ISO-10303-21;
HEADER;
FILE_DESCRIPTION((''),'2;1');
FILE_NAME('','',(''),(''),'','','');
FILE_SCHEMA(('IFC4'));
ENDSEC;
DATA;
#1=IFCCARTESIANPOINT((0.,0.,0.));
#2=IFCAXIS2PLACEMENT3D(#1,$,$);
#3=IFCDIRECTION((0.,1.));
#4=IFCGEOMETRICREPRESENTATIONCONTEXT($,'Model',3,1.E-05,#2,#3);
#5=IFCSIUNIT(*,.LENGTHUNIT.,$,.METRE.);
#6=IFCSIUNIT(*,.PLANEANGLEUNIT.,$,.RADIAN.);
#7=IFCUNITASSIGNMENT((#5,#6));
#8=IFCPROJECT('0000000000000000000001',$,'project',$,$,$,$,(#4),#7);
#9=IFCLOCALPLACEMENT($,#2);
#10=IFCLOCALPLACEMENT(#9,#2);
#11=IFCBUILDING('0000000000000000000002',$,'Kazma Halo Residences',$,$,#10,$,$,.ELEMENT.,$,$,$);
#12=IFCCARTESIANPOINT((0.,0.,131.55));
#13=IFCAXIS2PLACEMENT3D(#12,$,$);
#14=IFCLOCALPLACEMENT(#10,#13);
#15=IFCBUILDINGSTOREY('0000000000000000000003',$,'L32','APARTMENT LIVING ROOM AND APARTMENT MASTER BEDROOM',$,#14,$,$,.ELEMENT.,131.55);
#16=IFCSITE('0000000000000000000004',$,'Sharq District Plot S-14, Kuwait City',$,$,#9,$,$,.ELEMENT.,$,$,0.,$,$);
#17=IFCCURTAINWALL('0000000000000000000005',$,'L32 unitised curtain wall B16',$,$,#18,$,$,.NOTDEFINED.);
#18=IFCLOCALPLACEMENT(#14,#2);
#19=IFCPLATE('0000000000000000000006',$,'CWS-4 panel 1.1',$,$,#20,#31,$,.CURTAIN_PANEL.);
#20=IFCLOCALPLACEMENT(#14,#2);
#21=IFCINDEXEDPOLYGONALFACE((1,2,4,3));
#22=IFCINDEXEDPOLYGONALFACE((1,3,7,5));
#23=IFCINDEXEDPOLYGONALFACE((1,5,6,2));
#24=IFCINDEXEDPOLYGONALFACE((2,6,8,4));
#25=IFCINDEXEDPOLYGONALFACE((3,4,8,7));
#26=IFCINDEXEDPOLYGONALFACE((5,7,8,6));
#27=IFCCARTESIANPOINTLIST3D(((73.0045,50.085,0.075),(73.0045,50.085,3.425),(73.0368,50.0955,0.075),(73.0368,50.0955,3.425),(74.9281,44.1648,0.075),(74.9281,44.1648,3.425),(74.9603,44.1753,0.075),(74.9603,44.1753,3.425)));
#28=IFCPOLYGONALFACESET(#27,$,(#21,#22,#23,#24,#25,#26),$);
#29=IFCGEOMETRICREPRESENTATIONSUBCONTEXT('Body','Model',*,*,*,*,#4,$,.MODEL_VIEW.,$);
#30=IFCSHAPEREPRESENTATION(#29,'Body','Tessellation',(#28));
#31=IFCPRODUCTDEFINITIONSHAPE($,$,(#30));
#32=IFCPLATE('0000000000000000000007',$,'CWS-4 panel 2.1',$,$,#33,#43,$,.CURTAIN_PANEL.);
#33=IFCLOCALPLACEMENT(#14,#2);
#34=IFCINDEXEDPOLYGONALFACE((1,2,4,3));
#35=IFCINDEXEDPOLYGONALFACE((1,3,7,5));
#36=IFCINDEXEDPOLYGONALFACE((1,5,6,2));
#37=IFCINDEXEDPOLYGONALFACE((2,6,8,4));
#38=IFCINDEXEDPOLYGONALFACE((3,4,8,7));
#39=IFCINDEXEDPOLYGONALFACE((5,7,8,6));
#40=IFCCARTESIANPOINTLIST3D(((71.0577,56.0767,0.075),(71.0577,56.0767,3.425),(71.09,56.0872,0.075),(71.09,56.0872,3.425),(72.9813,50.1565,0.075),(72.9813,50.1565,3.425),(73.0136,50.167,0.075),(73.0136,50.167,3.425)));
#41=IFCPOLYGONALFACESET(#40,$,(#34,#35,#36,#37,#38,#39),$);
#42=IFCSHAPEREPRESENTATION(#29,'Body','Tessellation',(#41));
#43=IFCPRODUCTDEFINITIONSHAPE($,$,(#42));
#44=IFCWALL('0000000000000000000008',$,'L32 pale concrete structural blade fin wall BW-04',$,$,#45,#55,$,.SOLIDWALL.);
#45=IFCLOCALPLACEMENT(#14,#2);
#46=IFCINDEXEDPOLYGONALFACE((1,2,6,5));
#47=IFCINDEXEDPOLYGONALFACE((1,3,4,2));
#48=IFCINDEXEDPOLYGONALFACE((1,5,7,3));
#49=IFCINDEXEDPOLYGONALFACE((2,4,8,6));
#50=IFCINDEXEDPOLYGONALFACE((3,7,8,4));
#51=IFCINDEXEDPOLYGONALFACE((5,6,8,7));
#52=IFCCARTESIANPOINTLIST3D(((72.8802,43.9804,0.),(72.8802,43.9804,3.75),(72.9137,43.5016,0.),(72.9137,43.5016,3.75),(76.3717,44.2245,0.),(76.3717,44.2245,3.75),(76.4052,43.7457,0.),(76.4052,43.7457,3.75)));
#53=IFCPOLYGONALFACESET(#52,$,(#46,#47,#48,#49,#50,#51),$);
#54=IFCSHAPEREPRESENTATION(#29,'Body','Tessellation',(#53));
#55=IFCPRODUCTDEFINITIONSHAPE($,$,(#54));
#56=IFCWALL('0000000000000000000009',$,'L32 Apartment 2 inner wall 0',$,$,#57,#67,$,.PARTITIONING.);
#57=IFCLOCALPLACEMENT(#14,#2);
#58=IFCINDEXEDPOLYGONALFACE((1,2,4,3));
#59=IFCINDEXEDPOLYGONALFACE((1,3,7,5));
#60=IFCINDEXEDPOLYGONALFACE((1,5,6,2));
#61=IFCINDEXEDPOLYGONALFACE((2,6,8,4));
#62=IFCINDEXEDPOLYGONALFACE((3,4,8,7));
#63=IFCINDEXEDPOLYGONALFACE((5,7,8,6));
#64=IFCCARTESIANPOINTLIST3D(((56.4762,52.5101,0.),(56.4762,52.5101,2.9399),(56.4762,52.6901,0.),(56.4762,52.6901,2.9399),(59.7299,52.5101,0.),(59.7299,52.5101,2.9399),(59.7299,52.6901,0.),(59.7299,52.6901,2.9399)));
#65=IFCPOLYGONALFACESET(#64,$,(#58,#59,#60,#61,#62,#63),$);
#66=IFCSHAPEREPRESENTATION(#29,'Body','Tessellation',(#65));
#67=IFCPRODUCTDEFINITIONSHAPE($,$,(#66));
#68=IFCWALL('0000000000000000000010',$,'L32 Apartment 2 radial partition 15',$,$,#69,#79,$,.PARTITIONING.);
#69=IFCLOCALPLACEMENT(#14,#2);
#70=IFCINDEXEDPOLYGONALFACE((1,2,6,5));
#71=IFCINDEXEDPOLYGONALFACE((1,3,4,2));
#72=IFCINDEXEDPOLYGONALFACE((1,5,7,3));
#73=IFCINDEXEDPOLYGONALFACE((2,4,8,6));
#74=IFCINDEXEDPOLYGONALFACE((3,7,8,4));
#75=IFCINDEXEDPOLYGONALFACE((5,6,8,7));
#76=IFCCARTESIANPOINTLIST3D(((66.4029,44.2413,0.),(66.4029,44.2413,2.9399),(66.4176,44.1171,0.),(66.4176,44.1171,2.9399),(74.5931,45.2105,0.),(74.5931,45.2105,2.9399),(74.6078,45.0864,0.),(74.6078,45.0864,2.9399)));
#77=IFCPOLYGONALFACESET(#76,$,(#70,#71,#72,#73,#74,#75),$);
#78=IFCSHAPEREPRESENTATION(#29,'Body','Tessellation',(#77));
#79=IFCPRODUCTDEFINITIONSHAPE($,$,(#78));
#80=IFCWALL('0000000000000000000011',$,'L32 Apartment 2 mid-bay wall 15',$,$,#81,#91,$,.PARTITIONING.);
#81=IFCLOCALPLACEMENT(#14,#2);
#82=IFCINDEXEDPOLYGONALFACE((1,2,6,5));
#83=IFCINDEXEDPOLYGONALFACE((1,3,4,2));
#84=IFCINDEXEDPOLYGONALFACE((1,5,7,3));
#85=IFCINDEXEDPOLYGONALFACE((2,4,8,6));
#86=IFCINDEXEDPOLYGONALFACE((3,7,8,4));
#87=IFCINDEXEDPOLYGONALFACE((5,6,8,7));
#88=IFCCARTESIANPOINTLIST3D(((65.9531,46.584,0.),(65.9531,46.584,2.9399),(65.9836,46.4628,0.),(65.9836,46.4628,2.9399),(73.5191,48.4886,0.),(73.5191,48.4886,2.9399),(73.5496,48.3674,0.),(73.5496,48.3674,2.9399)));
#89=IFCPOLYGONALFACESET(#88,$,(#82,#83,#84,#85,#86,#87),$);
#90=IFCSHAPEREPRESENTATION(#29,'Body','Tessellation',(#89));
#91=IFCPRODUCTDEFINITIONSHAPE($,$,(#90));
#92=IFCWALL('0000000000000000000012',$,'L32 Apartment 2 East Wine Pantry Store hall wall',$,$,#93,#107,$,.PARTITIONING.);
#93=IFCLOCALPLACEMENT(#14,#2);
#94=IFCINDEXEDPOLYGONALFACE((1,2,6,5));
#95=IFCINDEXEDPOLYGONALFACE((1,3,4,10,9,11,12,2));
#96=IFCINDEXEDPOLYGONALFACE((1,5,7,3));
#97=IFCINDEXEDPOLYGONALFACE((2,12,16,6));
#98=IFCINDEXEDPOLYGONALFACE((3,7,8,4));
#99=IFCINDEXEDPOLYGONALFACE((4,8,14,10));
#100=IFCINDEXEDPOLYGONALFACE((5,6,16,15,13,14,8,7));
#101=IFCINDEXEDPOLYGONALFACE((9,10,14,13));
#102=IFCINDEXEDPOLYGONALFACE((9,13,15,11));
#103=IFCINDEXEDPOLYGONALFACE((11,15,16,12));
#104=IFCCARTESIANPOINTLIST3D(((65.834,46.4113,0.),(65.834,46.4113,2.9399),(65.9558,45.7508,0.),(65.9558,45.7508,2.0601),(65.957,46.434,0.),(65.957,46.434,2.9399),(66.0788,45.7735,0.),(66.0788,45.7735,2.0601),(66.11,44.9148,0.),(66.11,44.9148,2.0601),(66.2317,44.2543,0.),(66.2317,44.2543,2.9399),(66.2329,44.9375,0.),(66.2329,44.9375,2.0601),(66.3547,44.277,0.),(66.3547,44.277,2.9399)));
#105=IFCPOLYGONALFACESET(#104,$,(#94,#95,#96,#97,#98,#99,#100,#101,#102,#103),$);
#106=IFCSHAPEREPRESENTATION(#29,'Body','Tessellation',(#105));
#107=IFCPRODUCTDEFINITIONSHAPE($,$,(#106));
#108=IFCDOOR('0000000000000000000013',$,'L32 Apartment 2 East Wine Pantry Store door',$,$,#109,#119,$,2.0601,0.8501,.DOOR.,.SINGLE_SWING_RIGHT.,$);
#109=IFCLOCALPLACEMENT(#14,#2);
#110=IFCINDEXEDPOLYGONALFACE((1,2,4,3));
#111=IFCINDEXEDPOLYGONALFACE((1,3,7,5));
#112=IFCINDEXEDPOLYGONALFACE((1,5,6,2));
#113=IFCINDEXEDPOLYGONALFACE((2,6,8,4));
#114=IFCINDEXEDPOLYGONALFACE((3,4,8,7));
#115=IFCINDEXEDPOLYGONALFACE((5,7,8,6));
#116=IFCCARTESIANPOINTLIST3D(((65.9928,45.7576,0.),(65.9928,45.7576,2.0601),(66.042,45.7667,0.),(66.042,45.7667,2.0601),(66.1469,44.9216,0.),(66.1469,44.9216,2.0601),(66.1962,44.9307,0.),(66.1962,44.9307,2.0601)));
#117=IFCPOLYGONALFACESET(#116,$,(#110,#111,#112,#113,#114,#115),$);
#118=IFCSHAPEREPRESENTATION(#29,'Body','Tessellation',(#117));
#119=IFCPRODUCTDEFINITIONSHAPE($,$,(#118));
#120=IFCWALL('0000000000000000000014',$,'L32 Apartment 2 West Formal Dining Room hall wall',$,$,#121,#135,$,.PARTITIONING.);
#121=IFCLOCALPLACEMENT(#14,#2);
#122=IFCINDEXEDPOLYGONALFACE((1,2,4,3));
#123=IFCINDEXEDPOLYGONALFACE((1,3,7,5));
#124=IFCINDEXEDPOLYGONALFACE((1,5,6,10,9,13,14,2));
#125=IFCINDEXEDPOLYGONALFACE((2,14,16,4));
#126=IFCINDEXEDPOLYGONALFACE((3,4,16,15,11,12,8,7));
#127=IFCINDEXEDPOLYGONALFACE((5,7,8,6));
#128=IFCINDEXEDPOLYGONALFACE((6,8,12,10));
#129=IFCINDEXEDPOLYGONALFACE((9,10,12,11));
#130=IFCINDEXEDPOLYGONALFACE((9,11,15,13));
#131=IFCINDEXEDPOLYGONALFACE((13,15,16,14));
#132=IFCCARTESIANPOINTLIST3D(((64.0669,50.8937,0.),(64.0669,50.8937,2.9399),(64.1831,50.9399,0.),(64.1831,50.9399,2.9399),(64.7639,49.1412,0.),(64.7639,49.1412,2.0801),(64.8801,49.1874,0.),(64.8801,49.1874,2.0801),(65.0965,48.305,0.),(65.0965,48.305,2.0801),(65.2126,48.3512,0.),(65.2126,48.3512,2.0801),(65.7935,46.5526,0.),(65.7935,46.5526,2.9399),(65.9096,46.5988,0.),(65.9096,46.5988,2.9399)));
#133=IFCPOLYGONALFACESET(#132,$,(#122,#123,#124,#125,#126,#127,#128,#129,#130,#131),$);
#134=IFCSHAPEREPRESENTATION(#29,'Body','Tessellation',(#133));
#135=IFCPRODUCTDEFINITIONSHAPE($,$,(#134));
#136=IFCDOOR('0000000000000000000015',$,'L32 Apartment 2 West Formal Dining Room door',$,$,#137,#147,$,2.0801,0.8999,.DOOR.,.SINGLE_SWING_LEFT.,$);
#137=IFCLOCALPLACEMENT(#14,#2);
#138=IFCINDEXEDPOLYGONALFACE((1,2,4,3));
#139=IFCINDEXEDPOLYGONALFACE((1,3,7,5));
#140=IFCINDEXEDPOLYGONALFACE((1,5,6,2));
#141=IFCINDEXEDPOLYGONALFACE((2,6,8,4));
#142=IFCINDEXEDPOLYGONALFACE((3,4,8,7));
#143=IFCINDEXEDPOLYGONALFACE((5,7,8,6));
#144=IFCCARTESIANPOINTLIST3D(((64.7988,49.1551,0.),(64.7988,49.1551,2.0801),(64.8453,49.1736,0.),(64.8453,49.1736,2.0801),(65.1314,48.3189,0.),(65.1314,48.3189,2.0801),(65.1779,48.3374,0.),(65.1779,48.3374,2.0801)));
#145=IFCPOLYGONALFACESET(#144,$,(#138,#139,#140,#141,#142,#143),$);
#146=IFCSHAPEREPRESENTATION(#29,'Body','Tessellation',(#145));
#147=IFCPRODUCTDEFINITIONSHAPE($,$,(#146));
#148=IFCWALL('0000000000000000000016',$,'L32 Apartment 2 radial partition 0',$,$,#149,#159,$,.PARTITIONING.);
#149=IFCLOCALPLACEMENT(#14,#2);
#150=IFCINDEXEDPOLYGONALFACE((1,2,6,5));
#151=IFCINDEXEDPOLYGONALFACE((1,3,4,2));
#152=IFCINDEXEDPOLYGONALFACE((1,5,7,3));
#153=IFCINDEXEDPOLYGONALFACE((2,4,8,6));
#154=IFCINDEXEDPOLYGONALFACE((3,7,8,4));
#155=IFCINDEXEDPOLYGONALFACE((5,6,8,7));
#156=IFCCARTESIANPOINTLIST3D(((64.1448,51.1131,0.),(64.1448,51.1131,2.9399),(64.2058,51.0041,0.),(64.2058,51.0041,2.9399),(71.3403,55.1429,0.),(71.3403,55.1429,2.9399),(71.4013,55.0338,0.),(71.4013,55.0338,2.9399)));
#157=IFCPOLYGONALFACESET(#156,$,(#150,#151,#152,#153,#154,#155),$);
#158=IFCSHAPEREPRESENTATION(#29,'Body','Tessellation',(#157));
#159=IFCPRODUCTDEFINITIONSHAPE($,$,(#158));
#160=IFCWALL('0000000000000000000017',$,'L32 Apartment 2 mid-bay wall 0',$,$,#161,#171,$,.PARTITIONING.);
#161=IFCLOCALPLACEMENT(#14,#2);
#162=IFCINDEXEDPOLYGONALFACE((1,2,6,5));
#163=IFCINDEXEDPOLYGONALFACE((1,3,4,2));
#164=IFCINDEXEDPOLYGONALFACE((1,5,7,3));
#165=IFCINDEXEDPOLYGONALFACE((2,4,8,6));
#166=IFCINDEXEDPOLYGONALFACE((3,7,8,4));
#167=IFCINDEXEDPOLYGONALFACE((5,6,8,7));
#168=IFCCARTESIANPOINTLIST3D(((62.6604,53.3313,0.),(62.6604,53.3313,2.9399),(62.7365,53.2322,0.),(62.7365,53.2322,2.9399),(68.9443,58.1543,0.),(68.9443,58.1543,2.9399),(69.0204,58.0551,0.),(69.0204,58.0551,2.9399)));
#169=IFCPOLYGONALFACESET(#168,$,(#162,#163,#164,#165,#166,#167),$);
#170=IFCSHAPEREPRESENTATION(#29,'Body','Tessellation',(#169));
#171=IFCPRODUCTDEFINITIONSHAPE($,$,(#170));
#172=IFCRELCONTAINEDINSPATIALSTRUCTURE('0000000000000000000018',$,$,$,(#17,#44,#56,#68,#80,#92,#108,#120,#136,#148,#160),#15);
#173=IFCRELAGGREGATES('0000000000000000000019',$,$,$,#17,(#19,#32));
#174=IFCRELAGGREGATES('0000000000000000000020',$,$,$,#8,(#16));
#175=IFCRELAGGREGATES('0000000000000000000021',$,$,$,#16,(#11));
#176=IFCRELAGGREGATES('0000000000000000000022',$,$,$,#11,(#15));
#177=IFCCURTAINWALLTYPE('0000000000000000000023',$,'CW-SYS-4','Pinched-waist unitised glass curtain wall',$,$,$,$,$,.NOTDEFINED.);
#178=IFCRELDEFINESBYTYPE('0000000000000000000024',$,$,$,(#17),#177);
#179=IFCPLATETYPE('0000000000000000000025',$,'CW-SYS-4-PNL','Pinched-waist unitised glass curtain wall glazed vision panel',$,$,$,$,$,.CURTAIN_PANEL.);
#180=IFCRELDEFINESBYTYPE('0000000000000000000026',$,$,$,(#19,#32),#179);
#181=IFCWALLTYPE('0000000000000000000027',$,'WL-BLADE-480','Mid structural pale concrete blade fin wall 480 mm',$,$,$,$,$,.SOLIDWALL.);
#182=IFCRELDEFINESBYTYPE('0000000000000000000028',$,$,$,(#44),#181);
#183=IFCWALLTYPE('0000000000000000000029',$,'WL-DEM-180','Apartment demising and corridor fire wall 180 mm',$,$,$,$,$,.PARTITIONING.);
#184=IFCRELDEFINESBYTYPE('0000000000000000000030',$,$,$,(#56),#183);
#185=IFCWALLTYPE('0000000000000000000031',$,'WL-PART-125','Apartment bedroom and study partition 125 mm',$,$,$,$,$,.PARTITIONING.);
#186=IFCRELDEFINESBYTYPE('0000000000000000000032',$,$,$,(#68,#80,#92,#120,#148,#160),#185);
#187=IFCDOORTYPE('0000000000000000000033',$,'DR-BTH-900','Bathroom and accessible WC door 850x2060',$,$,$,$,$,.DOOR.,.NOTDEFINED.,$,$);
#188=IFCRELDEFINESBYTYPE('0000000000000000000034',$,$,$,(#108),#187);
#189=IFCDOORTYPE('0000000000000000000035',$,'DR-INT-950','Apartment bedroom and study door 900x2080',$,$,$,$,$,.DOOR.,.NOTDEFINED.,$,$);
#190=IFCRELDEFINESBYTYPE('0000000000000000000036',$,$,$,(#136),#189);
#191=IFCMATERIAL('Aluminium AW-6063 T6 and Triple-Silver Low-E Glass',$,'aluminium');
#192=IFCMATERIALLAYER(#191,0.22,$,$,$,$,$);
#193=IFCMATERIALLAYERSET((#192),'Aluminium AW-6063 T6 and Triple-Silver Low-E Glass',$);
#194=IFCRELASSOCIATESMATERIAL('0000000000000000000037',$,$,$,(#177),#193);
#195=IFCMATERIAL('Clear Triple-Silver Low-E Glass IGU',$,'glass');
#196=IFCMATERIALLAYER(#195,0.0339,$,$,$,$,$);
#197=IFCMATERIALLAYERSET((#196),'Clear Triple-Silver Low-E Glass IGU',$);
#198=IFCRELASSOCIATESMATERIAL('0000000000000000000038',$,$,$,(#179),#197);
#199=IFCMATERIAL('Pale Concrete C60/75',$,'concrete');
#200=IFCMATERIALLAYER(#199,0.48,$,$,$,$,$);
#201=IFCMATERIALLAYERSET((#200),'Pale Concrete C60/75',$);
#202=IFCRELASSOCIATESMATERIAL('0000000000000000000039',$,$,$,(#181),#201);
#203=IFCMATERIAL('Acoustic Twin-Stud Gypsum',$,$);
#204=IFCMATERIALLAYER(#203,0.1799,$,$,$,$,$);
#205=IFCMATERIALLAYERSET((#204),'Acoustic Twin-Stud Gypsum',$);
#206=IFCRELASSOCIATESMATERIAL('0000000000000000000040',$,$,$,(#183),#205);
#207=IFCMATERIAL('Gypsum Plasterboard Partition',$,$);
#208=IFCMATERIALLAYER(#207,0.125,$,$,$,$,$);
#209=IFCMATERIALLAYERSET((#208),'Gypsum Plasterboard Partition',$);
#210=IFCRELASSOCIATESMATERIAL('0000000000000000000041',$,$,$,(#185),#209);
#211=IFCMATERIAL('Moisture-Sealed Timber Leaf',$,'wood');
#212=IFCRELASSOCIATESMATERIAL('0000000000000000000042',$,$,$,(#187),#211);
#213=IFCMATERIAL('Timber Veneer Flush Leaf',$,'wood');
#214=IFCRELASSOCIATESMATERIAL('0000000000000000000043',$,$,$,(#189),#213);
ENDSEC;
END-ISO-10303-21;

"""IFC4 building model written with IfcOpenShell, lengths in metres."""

from ifc_helpers import new_model, si_unit, direction, frame, frame_2d, origin, origin_2d, place, context, subcontext, project, spatial, rectangle, extrude, material, layer, layer_set, type_object, element, fill, aggregate, save


model = new_model("IFC4")

# Units and contexts
model_context = context("Model", 3, precision=1e-05, world=origin(), true_north=direction((0.0, 1.0)))
body_context = subcontext(model_context, "Body", "Model", "MODEL_VIEW")
ifc_project = project(units=[si_unit("LENGTHUNIT", "METRE"), si_unit("PLANEANGLEUNIT", "RADIAN")], contexts=[model_context])

# Site, building, storey
site_placement = place(None, origin())
site = spatial("IfcSite", under=ifc_project, at=site_placement, Name="Sharq District Plot S-14, Kuwait City", CompositionType="ELEMENT", RefElevation=0.0)
building_placement = place(site_placement, origin())
building = spatial("IfcBuilding", under=site, at=building_placement, Name="Kazma Halo Residences", CompositionType="ELEMENT")
storey_placement = place(building_placement, frame((0.0, 0.0, 131.55)))
storey = spatial("IfcBuildingStorey", under=building, at=storey_placement, Name="L32", Description="APARTMENT LIVING ROOM AND APARTMENT MASTER BEDROOM", CompositionType="ELEMENT", Elevation=131.55)

# Shared definitions
ifc_material_1 = material(Name="Aluminium AW-6063 T6 and Triple-Silver Low-E Glass", Category="aluminium")
ifc_layer_1 = layer(ifc_material_1, 0.22)
ifc_layer_set_1 = layer_set([ifc_layer_1], Name="Aluminium AW-6063 T6 and Triple-Silver Low-E Glass")
curtain_wall_type = type_object("IfcCurtainWallType", Name="CW-SYS-4", Description="Pinched-waist unitised glass curtain wall", PredefinedType="NOTDEFINED", material=ifc_layer_set_1)

# Curtain wall, plates
curtain_wall_1_placement = place(storey_placement, origin())
curtain_wall_1 = element("IfcCurtainWall", 1, at=curtain_wall_1_placement, inside=storey, type_object=curtain_wall_type, Name="L32 unitised curtain wall B16", PredefinedType="NOTDEFINED")
ifc_material_2 = material(Name="Clear Triple-Silver Low-E Glass IGU", Category="glass")
ifc_layer_2 = layer(ifc_material_2, 0.0339)
ifc_layer_set_2 = layer_set([ifc_layer_2], Name="Clear Triple-Silver Low-E Glass IGU")
plate_type = type_object("IfcPlateType", Name="CW-SYS-4-PNL", Description="Pinched-waist unitised glass curtain wall glazed vision panel", PredefinedType="CURTAIN_PANEL", material=ifc_layer_set_2)
plate_1_placement = place(storey_placement, frame((73.9824, 47.1301, 0.075), z_axis=(0.0, 0.0, 1.0), x_axis=(-0.309014, 0.951058, 0.0)))
plate_1 = element("IfcPlate", 2, at=plate_1_placement, type_object=plate_type, Name="CWS-4 panel 1.1", PredefinedType="CURTAIN_PANEL", context=body_context, shape_type="SweptSolid", body=[
    extrude(rectangle(XDim=6.2249, YDim=0.0339, at=origin_2d()), origin(), (0.0, 0.0, 1.0), 3.3501),
])
plate_2_placement = place(storey_placement, frame((72.0356, 53.1218, 0.075), z_axis=(0.0, 0.0, 1.0), x_axis=(-0.309014, 0.951058, 0.0)))
plate_2 = element("IfcPlate", 3, at=plate_2_placement, type_object=plate_type, Name="CWS-4 panel 2.1", PredefinedType="CURTAIN_PANEL", context=body_context, shape_type="SweptSolid", body=[
    extrude(rectangle(XDim=6.2249, YDim=0.0339, at=origin_2d()), origin(), (0.0, 0.0, 1.0), 3.3501),
])
aggregate(curtain_wall_1, [plate_1, plate_2])

# Walls
ifc_material_3 = material(Name="Pale Concrete C60/75", Category="concrete")
ifc_layer_3 = layer(ifc_material_3, 0.48)
ifc_layer_set_3 = layer_set([ifc_layer_3], Name="Pale Concrete C60/75")
wall_type_1 = type_object("IfcWallType", Name="WL-BLADE-480", Description="Mid structural pale concrete blade fin wall 480 mm", PredefinedType="SOLIDWALL", material=ifc_layer_set_3)
wall_1_placement = place(storey_placement, frame((72.897, 43.741, 0.0), z_axis=(0.0, 0.0, 1.0), x_axis=(0.997564, 0.069755, 0.0)))
element("IfcWall", 4, at=wall_1_placement, inside=storey, type_object=wall_type_1, Name="L32 pale concrete structural blade fin wall BW-04", PredefinedType="SOLIDWALL", context=body_context, shape_type="SweptSolid", body=[
    extrude(rectangle(XDim=3.5, YDim=0.48, at=frame_2d((1.75, 0.0))), origin(), (0.0, 0.0, 1.0), 3.75),
])
ifc_material_4 = material(Name="Acoustic Twin-Stud Gypsum")
ifc_layer_4 = layer(ifc_material_4, 0.1799)
ifc_layer_set_4 = layer_set([ifc_layer_4], Name="Acoustic Twin-Stud Gypsum")
wall_type_2 = type_object("IfcWallType", Name="WL-DEM-180", Description="Apartment demising and corridor fire wall 180 mm", PredefinedType="PARTITIONING", material=ifc_layer_set_4)
wall_2_placement = place(storey_placement, frame((59.73, 52.6001, 0.0), z_axis=(0.0, 0.0, 1.0), x_axis=(-1.0, 0.0, 0.0)))
element("IfcWall", 5, at=wall_2_placement, inside=storey, type_object=wall_type_2, Name="L32 Apartment 2 inner wall 0", PredefinedType="PARTITIONING", context=body_context, shape_type="SweptSolid", body=[
    extrude(rectangle(XDim=3.2537, YDim=0.1799, at=frame_2d((1.627, 0.0))), origin(), (0.0, 0.0, 1.0), 2.9399),
])
ifc_material_5 = material(Name="Gypsum Plasterboard Partition")
ifc_layer_5 = layer(ifc_material_5, 0.125)
ifc_layer_set_5 = layer_set([ifc_layer_5], Name="Gypsum Plasterboard Partition")
wall_type_3 = type_object("IfcWallType", Name="WL-PART-125", Description="Apartment bedroom and study partition 125 mm", PredefinedType="PARTITIONING", material=ifc_layer_set_5)
wall_3_placement = place(storey_placement, frame((66.4104, 44.1792, 0.0), z_axis=(0.0, 0.0, 1.0), x_axis=(0.99307, 0.117521, 0.0)))
element("IfcWall", 6, at=wall_3_placement, inside=storey, type_object=wall_type_3, Name="L32 Apartment 2 radial partition 15", PredefinedType="PARTITIONING", context=body_context, shape_type="SweptSolid", body=[
    extrude(rectangle(XDim=8.2473, YDim=0.125, at=frame_2d((4.1235, 0.0))), origin(), (0.0, 0.0, 1.0), 2.9399),
])
wall_4_placement = place(storey_placement, frame((65.9685, 46.5234, 0.0), z_axis=(0.0, 0.0, 1.0), x_axis=(0.969747, 0.244111, 0.0)))
element("IfcWall", 7, at=wall_4_placement, inside=storey, type_object=wall_type_3, Name="L32 Apartment 2 mid-bay wall 15", PredefinedType="PARTITIONING", context=body_context, shape_type="SweptSolid", body=[
    extrude(rectangle(XDim=7.802, YDim=0.125, at=frame_2d((3.9009, 0.0))), origin(), (0.0, 0.0, 1.0), 2.9399),
])

# Walls, openings, doors
wall_5_placement = place(storey_placement, frame((66.2932, 44.2656, 0.0), z_axis=(0.0, 0.0, 1.0), x_axis=(-0.181324, 0.983423, 0.0)))
wall_5 = element("IfcWall", 8, at=wall_5_placement, inside=storey, type_object=wall_type_3, Name="L32 Apartment 2 East Wine Pantry Store hall wall", PredefinedType="PARTITIONING", context=body_context, shape_type="SweptSolid", body=[
    extrude(rectangle(XDim=2.1934, YDim=0.125, at=frame_2d((1.0967, 0.0))), origin(), (0.0, 0.0, 1.0), 2.9399),
])
opening_1_placement = place(wall_5_placement, frame((0.6716, 0.0, 0.0)))
opening_1 = element("IfcOpeningElement", 9, at=opening_1_placement, cuts=wall_5, PredefinedType="OPENING", context=body_context, shape_type="SweptSolid", body=[
    extrude(rectangle(XDim=0.8501, YDim=2.0601, at=frame_2d((0.425, 1.03))), frame((0.0, 0.0725, 0.0), z_axis=(0.0, -1.0, 0.0), x_axis=(1.0, 0.0, 0.0)), (0.0, 0.0, 1.0), 0.145),
])
ifc_material_6 = material(Name="Moisture-Sealed Timber Leaf", Category="wood")
door_type_1 = type_object("IfcDoorType", Name="DR-BTH-900", Description="Bathroom and accessible WC door 850x2060", OperationType="NOTDEFINED", PredefinedType="DOOR", material=ifc_material_6)
door_1_placement = place(opening_1_placement, origin())
door_1 = element("IfcDoor", 10, at=door_1_placement, inside=storey, type_object=door_type_1, Name="L32 Apartment 2 East Wine Pantry Store door", OperationType="SINGLE_SWING_RIGHT", OverallHeight=2.0601, OverallWidth=0.8501, PredefinedType="DOOR", context=body_context, shape_type="SweptSolid", body=[
    extrude(rectangle(XDim=0.8501, YDim=2.0601, at=frame_2d((0.425, 1.03))), frame((0.0, 0.0249, 0.0), z_axis=(0.0, -1.0, 0.0), x_axis=(1.0, 0.0, 0.0)), (0.0, 0.0, 1.0), 0.05),
])
fill(opening_1, door_1)
wall_6_placement = place(storey_placement, frame((65.8516, 46.5757, 0.0), z_axis=(0.0, 0.0, 1.0), x_axis=(-0.36957, 0.929203, 0.0)))
wall_6 = element("IfcWall", 11, at=wall_6_placement, inside=storey, type_object=wall_type_3, Name="L32 Apartment 2 West Formal Dining Room hall wall", PredefinedType="PARTITIONING", context=body_context, shape_type="SweptSolid", body=[
    extrude(rectangle(XDim=4.6719, YDim=0.125, at=frame_2d((2.3359, 0.0))), origin(), (0.0, 0.0, 1.0), 2.9399),
])
opening_2_placement = place(wall_6_placement, frame((1.886, 0.0, 0.0)))
opening_2 = element("IfcOpeningElement", 12, at=opening_2_placement, cuts=wall_6, PredefinedType="OPENING", context=body_context, shape_type="SweptSolid", body=[
    extrude(rectangle(XDim=0.8999, YDim=2.0801, at=frame_2d((0.45, 1.04))), frame((0.0, 0.0725, 0.0), z_axis=(0.0, -1.0, 0.0), x_axis=(1.0, 0.0, 0.0)), (0.0, 0.0, 1.0), 0.145),
])
ifc_material_7 = material(Name="Timber Veneer Flush Leaf", Category="wood")
door_type_2 = type_object("IfcDoorType", Name="DR-INT-950", Description="Apartment bedroom and study door 900x2080", OperationType="NOTDEFINED", PredefinedType="DOOR", material=ifc_material_7)
door_2_placement = place(opening_2_placement, origin())
door_2 = element("IfcDoor", 13, at=door_2_placement, inside=storey, type_object=door_type_2, Name="L32 Apartment 2 West Formal Dining Room door", OperationType="SINGLE_SWING_LEFT", OverallHeight=2.0801, OverallWidth=0.8999, PredefinedType="DOOR", context=body_context, shape_type="SweptSolid", body=[
    extrude(rectangle(XDim=0.8999, YDim=2.0801, at=frame_2d((0.45, 1.04))), frame((0.0, 0.0249, 0.0), z_axis=(0.0, -1.0, 0.0), x_axis=(1.0, 0.0, 0.0)), (0.0, 0.0, 1.0), 0.05),
])
fill(opening_2, door_2)

# Walls
wall_7_placement = place(storey_placement, frame((64.1753, 51.0586, 0.0), z_axis=(0.0, 0.0, 1.0), x_axis=(0.872492, 0.488629, 0.0)))
element("IfcWall", 14, at=wall_7_placement, inside=storey, type_object=wall_type_3, Name="L32 Apartment 2 radial partition 0", PredefinedType="PARTITIONING", context=body_context, shape_type="SweptSolid", body=[
    extrude(rectangle(XDim=8.2471, YDim=0.125, at=frame_2d((4.1235, 0.0))), origin(), (0.0, 0.0, 1.0), 2.9399),
])
wall_8_placement = place(storey_placement, frame((62.6985, 53.2817, 0.0), z_axis=(0.0, 0.0, 1.0), x_axis=(0.793282, 0.608854, 0.0)))
element("IfcWall", 15, at=wall_8_placement, inside=storey, type_object=wall_type_3, Name="L32 Apartment 2 mid-bay wall 0", PredefinedType="PARTITIONING", context=body_context, shape_type="SweptSolid", body=[
    extrude(rectangle(XDim=7.9214, YDim=0.125, at=frame_2d((3.9607, 0.0))), origin(), (0.0, 0.0, 1.0), 2.9399),
])

save(model, "model.ifc")
